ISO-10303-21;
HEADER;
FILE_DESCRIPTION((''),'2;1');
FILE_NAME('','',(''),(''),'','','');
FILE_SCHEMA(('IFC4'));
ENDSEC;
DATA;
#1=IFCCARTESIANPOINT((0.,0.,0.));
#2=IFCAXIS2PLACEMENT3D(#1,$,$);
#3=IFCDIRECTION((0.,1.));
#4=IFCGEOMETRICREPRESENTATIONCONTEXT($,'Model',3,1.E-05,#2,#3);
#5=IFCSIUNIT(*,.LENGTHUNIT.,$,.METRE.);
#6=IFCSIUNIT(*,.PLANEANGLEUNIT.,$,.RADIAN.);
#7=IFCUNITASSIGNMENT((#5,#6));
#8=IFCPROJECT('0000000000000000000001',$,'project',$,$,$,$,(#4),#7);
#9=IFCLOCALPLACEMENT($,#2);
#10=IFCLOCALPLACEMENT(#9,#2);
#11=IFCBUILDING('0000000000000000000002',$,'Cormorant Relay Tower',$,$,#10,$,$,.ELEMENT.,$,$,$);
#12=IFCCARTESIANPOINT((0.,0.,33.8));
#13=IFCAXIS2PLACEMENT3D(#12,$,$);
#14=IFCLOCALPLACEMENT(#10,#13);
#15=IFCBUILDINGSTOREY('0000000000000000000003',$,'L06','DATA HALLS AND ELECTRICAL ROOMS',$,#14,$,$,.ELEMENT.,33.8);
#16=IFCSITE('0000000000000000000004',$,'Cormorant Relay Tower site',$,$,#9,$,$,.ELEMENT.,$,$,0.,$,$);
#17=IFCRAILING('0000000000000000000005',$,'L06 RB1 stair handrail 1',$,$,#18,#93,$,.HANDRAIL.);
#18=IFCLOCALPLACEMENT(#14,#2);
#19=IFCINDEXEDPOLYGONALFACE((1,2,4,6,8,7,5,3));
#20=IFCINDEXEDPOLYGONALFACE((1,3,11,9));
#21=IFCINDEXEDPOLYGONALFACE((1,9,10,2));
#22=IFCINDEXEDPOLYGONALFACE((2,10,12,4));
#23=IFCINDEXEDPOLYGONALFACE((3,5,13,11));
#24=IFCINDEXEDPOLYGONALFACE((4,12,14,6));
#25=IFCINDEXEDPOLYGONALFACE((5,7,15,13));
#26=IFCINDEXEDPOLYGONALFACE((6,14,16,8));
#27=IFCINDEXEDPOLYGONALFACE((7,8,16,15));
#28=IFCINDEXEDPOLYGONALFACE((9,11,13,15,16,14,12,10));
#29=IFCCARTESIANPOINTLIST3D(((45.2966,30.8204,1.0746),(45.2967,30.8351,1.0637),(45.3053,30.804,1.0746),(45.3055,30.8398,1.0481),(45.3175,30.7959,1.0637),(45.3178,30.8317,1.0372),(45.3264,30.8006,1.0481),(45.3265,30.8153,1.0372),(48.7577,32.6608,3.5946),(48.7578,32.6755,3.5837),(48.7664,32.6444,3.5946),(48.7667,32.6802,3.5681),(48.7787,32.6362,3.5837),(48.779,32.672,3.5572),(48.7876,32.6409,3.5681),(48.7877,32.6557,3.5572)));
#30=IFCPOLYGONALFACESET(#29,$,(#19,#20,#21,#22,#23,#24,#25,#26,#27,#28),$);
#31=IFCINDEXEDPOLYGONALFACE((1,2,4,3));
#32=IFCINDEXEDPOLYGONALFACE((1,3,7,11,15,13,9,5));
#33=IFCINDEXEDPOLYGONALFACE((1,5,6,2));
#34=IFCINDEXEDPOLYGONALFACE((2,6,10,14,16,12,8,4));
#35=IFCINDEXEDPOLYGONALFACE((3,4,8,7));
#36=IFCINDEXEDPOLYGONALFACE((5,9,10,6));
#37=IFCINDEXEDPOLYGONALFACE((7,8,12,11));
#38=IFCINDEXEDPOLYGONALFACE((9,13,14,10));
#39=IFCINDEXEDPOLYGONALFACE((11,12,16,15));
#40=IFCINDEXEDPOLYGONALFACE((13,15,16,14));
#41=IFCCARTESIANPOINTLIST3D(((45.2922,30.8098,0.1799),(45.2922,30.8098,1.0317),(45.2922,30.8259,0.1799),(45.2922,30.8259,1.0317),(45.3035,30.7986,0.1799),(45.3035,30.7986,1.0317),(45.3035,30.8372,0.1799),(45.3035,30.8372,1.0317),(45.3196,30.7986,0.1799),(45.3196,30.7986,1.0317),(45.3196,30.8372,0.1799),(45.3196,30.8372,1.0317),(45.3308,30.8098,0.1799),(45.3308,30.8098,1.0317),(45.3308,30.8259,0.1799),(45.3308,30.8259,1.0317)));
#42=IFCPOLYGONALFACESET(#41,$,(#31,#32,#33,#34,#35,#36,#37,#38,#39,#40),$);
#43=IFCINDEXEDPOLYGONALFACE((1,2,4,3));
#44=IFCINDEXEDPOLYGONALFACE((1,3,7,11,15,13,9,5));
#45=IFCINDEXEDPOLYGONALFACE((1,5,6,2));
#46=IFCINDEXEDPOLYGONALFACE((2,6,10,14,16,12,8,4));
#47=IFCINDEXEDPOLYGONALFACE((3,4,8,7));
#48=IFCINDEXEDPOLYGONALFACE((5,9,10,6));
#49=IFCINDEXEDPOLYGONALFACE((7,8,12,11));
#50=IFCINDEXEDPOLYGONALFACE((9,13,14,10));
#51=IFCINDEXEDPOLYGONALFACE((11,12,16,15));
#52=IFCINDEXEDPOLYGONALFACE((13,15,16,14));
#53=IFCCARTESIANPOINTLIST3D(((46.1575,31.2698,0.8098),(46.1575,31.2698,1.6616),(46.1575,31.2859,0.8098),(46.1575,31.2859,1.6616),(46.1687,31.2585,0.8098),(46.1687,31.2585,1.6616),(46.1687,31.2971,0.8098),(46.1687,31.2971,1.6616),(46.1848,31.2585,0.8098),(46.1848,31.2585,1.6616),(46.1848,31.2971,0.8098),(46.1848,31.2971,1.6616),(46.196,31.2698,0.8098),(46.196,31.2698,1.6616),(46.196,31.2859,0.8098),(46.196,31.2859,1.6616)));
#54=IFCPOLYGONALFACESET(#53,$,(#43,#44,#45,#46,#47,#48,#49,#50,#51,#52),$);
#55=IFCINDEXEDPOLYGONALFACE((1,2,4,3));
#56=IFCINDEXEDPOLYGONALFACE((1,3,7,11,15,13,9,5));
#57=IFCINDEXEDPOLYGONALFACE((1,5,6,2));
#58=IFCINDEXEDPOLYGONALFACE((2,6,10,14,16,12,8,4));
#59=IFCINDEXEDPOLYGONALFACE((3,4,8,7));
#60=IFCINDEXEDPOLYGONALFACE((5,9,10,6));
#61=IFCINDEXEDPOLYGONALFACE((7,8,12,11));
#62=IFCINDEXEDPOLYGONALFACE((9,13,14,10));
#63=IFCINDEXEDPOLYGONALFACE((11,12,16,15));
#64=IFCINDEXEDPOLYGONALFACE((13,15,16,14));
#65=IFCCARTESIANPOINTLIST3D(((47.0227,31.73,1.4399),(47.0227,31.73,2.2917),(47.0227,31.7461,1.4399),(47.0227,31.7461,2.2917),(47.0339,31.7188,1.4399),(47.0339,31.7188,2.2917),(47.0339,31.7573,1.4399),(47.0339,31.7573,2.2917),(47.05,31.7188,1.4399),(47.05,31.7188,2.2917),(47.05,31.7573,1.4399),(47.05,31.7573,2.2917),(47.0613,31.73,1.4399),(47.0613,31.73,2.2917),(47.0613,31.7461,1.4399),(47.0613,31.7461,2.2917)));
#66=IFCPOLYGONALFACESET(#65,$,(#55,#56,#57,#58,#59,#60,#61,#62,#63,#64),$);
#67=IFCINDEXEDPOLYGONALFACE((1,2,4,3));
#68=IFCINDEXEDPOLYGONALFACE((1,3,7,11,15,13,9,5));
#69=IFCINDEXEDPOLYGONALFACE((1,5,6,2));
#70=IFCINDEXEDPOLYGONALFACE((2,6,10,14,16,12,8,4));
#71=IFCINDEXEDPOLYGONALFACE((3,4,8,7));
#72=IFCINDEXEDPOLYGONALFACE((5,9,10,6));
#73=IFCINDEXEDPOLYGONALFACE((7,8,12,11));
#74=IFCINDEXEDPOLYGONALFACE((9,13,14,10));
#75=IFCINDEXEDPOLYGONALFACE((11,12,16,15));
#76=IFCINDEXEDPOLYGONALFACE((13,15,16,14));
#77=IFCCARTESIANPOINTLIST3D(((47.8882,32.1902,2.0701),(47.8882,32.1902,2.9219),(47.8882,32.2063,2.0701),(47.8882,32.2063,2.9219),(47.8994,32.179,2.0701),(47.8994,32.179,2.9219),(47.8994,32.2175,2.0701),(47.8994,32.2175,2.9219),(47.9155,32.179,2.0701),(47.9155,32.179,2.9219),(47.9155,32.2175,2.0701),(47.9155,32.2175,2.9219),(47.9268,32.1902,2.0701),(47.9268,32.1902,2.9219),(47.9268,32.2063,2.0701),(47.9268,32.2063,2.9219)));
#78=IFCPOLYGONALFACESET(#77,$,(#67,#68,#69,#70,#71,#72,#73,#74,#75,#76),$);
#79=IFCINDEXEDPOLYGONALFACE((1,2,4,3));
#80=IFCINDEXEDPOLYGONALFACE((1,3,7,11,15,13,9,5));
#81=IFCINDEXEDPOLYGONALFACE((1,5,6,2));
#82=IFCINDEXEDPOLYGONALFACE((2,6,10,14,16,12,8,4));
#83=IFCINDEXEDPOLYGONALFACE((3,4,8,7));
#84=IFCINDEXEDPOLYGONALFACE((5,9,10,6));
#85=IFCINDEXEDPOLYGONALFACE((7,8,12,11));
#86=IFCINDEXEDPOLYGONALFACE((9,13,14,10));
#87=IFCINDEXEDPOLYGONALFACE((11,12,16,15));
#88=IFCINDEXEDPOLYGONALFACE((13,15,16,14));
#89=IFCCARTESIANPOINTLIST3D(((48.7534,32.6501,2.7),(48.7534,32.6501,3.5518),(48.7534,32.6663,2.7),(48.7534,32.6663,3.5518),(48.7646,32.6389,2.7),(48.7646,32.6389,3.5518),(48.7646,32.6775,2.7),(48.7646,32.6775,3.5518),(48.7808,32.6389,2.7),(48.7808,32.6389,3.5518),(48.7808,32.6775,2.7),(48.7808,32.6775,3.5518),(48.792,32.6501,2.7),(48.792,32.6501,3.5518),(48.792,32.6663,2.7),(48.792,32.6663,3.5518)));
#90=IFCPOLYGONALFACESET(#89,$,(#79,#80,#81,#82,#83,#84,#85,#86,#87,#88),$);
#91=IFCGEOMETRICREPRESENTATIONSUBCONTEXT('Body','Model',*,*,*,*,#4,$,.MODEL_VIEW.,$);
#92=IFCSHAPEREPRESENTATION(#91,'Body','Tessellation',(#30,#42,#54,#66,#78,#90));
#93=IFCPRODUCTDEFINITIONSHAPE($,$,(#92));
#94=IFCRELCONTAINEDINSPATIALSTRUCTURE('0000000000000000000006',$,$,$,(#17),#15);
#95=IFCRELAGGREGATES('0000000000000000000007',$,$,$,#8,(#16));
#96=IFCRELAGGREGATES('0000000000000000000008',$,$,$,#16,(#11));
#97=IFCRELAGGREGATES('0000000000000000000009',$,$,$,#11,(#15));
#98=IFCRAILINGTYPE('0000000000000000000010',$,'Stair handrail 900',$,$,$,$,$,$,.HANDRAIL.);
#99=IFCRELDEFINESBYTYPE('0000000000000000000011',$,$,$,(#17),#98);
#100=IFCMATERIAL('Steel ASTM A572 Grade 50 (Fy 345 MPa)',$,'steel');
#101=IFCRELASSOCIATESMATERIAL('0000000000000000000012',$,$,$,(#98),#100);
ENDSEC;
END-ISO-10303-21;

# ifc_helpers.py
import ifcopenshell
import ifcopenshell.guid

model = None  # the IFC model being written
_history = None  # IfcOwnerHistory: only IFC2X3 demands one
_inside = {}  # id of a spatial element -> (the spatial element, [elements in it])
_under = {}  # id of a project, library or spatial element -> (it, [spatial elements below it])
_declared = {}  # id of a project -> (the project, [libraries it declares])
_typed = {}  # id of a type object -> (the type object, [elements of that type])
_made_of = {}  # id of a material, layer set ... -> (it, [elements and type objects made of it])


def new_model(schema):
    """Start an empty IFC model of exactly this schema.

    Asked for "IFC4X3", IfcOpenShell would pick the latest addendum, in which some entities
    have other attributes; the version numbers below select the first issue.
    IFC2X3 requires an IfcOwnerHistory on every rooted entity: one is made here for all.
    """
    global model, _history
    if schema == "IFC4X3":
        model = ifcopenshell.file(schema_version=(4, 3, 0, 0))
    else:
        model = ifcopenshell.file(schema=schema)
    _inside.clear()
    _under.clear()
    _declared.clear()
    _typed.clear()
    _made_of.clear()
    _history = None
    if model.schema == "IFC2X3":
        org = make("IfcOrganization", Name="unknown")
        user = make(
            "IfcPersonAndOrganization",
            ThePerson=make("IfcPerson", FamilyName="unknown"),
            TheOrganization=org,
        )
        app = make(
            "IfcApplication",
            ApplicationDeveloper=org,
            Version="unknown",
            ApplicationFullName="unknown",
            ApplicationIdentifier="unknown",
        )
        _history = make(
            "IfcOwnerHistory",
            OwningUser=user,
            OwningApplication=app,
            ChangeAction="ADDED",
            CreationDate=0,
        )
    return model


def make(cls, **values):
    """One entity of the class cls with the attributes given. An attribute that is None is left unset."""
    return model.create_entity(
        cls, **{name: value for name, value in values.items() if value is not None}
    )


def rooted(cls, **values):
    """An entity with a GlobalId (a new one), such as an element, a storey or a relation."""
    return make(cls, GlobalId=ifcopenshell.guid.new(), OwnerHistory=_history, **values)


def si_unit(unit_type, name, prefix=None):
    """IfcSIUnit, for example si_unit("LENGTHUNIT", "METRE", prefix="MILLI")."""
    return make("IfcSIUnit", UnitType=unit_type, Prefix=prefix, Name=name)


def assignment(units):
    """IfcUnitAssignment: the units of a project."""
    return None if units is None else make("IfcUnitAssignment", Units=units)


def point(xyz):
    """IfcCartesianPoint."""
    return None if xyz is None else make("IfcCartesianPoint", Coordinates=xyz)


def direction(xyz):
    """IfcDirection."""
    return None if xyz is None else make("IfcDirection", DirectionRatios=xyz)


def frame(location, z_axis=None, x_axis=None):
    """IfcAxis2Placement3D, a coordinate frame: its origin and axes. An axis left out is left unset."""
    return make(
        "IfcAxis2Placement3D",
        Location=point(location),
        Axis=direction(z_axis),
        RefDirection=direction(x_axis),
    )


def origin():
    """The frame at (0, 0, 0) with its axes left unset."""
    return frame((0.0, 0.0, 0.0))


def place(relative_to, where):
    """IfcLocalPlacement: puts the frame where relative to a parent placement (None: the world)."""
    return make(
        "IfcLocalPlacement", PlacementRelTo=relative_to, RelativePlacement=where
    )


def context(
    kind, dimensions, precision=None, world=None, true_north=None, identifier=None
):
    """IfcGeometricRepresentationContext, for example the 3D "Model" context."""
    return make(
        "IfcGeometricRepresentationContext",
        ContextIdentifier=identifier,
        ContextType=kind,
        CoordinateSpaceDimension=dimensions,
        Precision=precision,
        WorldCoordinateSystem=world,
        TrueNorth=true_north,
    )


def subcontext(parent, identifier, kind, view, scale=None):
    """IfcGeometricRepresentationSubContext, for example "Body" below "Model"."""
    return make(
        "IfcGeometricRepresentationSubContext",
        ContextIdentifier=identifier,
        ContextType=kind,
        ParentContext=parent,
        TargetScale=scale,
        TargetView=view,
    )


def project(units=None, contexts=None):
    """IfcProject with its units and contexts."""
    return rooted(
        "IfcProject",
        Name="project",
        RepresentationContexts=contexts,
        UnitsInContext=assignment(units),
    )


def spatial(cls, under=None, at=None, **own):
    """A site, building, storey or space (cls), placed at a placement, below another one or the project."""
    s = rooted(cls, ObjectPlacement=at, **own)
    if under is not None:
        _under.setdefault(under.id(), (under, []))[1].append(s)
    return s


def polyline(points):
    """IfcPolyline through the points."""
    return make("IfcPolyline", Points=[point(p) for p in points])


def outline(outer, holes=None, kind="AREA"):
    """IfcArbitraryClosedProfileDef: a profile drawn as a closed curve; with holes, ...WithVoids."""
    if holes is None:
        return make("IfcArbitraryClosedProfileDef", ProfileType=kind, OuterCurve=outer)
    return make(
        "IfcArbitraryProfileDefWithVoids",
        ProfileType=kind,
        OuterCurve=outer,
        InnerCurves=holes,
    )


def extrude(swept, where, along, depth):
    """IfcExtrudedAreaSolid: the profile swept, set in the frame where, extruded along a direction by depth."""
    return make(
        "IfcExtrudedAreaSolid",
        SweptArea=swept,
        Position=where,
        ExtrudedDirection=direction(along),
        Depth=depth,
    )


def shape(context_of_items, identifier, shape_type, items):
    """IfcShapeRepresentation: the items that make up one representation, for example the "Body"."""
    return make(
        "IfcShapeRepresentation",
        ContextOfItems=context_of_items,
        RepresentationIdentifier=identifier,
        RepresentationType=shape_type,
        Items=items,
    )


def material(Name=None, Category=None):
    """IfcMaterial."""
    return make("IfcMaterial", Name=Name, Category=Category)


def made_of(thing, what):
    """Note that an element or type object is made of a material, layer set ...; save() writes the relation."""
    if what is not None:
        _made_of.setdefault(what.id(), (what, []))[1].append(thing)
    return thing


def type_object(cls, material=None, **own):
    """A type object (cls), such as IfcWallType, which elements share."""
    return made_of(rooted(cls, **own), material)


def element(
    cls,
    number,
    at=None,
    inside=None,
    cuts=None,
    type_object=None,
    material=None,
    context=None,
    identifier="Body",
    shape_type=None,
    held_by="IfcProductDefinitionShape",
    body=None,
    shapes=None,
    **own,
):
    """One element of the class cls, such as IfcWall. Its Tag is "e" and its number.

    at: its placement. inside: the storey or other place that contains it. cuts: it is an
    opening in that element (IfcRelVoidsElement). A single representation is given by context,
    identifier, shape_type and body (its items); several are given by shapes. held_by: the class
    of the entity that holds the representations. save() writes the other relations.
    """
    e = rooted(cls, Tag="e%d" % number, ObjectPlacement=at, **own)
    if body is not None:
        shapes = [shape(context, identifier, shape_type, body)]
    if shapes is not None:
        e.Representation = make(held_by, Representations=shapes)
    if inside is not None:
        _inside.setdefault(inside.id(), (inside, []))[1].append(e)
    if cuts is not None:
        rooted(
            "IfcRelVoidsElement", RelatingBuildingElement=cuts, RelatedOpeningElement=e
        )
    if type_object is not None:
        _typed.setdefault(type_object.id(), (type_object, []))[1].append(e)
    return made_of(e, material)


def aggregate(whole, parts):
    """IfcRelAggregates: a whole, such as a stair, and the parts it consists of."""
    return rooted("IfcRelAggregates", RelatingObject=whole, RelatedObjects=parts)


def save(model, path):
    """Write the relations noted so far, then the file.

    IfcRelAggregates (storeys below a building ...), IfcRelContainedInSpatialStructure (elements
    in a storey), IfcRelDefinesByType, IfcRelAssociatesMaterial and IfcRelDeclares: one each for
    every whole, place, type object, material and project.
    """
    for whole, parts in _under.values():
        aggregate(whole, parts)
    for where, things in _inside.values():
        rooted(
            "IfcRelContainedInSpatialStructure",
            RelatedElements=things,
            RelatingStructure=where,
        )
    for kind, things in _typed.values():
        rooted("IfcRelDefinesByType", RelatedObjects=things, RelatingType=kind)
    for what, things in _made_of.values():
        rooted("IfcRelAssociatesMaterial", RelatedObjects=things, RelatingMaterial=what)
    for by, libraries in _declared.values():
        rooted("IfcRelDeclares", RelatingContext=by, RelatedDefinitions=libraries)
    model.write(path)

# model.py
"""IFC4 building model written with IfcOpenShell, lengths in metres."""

from ifc_helpers import new_model, si_unit, direction, frame, origin, place, context, subcontext, project, spatial, polyline, outline, extrude, material, type_object, element, save


model = new_model("IFC4")

# Units and contexts
model_context = context("Model", 3, precision=1e-05, world=origin(), true_north=direction((0.0, 1.0)))
body_context = subcontext(model_context, "Body", "Model", "MODEL_VIEW")
ifc_project = project(units=[si_unit("LENGTHUNIT", "METRE"), si_unit("PLANEANGLEUNIT", "RADIAN")], contexts=[model_context])

# Site, building, storey
site_placement = place(None, origin())
site = spatial("IfcSite", under=ifc_project, at=site_placement, Name="Cormorant Relay Tower site", CompositionType="ELEMENT", RefElevation=0.0)
building_placement = place(site_placement, origin())
building = spatial("IfcBuilding", under=site, at=building_placement, Name="Cormorant Relay Tower", CompositionType="ELEMENT")
storey_placement = place(building_placement, frame((0.0, 0.0, 33.8)))
storey = spatial("IfcBuildingStorey", under=building, at=storey_placement, Name="L06", Description="DATA HALLS AND ELECTRICAL ROOMS", CompositionType="ELEMENT", Elevation=33.8)

# Railing
ifc_material_1 = material(Name="Steel ASTM A572 Grade 50 (Fy 345 MPa)", Category="steel")
railing_type = type_object("IfcRailingType", Name="Stair handrail 900", PredefinedType="HANDRAIL", material=ifc_material_1)
railing_placement = place(storey_placement, frame((45.3115, 30.8179, 0.1799)))
element("IfcRailing", 1, at=railing_placement, inside=storey, type_object=railing_type, Name="L06 RB1 stair handrail 1", PredefinedType="HANDRAIL", context=body_context, shape_type="SweptSolid", body=[
    extrude(outline(polyline([(0.0222, 0.0093), (0.0093, 0.0222), (-0.0093, 0.0222), (-0.0222, 0.0093), (-0.0222, -0.0093), (-0.0093, -0.0222), (0.0093, -0.0222), (0.0222, -0.0093), (0.0222, 0.0093)])), frame((0.0, 0.0, 0.876), z_axis=(0.742717, 0.394907, 0.540758), x_axis=(-0.469469, 0.882949, 0.0)), (0.0, 0.0, 1.0), 4.6602),
    extrude(outline(polyline([(0.0193, 0.0081), (0.0081, 0.0193), (-0.0081, 0.0193), (-0.0193, 0.0081), (-0.0193, -0.0081), (-0.0081, -0.0193), (0.0081, -0.0193), (0.0193, -0.0081), (0.0193, 0.0081)])), origin(), (0.0, 0.0, 1.0), 0.8518),
    extrude(outline(polyline([(0.0193, 0.0081), (0.0081, 0.0193), (-0.0081, 0.0193), (-0.0193, 0.0081), (-0.0193, -0.0081), (-0.0081, -0.0193), (0.0081, -0.0193), (0.0193, -0.0081), (0.0193, 0.0081)])), frame((0.8652, 0.46, 0.6299)), (0.0, 0.0, 1.0), 0.8518),
    extrude(outline(polyline([(0.0193, 0.0081), (0.0081, 0.0193), (-0.0081, 0.0193), (-0.0193, 0.0081), (-0.0193, -0.0081), (-0.0081, -0.0193), (0.0081, -0.0193), (0.0193, -0.0081), (0.0193, 0.0081)])), frame((1.7305, 0.9202, 1.26)), (0.0, 0.0, 1.0), 0.8518),
    extrude(outline(polyline([(0.0193, 0.0081), (0.0081, 0.0193), (-0.0081, 0.0193), (-0.0193, 0.0081), (-0.0193, -0.0081), (-0.0081, -0.0193), (0.0081, -0.0193), (0.0193, -0.0081), (0.0193, 0.0081)])), frame((2.5959, 1.3804, 1.8901)), (0.0, 0.0, 1.0), 0.8518),
    extrude(outline(polyline([(0.0193, 0.0081), (0.0081, 0.0193), (-0.0081, 0.0193), (-0.0193, 0.0081), (-0.0193, -0.0081), (-0.0081, -0.0193), (0.0081, -0.0193), (0.0193, -0.0081), (0.0193, 0.0081)])), frame((3.4612, 1.8403, 2.52)), (0.0, 0.0, 1.0), 0.8518),
])

save(model, "model.ifc")
